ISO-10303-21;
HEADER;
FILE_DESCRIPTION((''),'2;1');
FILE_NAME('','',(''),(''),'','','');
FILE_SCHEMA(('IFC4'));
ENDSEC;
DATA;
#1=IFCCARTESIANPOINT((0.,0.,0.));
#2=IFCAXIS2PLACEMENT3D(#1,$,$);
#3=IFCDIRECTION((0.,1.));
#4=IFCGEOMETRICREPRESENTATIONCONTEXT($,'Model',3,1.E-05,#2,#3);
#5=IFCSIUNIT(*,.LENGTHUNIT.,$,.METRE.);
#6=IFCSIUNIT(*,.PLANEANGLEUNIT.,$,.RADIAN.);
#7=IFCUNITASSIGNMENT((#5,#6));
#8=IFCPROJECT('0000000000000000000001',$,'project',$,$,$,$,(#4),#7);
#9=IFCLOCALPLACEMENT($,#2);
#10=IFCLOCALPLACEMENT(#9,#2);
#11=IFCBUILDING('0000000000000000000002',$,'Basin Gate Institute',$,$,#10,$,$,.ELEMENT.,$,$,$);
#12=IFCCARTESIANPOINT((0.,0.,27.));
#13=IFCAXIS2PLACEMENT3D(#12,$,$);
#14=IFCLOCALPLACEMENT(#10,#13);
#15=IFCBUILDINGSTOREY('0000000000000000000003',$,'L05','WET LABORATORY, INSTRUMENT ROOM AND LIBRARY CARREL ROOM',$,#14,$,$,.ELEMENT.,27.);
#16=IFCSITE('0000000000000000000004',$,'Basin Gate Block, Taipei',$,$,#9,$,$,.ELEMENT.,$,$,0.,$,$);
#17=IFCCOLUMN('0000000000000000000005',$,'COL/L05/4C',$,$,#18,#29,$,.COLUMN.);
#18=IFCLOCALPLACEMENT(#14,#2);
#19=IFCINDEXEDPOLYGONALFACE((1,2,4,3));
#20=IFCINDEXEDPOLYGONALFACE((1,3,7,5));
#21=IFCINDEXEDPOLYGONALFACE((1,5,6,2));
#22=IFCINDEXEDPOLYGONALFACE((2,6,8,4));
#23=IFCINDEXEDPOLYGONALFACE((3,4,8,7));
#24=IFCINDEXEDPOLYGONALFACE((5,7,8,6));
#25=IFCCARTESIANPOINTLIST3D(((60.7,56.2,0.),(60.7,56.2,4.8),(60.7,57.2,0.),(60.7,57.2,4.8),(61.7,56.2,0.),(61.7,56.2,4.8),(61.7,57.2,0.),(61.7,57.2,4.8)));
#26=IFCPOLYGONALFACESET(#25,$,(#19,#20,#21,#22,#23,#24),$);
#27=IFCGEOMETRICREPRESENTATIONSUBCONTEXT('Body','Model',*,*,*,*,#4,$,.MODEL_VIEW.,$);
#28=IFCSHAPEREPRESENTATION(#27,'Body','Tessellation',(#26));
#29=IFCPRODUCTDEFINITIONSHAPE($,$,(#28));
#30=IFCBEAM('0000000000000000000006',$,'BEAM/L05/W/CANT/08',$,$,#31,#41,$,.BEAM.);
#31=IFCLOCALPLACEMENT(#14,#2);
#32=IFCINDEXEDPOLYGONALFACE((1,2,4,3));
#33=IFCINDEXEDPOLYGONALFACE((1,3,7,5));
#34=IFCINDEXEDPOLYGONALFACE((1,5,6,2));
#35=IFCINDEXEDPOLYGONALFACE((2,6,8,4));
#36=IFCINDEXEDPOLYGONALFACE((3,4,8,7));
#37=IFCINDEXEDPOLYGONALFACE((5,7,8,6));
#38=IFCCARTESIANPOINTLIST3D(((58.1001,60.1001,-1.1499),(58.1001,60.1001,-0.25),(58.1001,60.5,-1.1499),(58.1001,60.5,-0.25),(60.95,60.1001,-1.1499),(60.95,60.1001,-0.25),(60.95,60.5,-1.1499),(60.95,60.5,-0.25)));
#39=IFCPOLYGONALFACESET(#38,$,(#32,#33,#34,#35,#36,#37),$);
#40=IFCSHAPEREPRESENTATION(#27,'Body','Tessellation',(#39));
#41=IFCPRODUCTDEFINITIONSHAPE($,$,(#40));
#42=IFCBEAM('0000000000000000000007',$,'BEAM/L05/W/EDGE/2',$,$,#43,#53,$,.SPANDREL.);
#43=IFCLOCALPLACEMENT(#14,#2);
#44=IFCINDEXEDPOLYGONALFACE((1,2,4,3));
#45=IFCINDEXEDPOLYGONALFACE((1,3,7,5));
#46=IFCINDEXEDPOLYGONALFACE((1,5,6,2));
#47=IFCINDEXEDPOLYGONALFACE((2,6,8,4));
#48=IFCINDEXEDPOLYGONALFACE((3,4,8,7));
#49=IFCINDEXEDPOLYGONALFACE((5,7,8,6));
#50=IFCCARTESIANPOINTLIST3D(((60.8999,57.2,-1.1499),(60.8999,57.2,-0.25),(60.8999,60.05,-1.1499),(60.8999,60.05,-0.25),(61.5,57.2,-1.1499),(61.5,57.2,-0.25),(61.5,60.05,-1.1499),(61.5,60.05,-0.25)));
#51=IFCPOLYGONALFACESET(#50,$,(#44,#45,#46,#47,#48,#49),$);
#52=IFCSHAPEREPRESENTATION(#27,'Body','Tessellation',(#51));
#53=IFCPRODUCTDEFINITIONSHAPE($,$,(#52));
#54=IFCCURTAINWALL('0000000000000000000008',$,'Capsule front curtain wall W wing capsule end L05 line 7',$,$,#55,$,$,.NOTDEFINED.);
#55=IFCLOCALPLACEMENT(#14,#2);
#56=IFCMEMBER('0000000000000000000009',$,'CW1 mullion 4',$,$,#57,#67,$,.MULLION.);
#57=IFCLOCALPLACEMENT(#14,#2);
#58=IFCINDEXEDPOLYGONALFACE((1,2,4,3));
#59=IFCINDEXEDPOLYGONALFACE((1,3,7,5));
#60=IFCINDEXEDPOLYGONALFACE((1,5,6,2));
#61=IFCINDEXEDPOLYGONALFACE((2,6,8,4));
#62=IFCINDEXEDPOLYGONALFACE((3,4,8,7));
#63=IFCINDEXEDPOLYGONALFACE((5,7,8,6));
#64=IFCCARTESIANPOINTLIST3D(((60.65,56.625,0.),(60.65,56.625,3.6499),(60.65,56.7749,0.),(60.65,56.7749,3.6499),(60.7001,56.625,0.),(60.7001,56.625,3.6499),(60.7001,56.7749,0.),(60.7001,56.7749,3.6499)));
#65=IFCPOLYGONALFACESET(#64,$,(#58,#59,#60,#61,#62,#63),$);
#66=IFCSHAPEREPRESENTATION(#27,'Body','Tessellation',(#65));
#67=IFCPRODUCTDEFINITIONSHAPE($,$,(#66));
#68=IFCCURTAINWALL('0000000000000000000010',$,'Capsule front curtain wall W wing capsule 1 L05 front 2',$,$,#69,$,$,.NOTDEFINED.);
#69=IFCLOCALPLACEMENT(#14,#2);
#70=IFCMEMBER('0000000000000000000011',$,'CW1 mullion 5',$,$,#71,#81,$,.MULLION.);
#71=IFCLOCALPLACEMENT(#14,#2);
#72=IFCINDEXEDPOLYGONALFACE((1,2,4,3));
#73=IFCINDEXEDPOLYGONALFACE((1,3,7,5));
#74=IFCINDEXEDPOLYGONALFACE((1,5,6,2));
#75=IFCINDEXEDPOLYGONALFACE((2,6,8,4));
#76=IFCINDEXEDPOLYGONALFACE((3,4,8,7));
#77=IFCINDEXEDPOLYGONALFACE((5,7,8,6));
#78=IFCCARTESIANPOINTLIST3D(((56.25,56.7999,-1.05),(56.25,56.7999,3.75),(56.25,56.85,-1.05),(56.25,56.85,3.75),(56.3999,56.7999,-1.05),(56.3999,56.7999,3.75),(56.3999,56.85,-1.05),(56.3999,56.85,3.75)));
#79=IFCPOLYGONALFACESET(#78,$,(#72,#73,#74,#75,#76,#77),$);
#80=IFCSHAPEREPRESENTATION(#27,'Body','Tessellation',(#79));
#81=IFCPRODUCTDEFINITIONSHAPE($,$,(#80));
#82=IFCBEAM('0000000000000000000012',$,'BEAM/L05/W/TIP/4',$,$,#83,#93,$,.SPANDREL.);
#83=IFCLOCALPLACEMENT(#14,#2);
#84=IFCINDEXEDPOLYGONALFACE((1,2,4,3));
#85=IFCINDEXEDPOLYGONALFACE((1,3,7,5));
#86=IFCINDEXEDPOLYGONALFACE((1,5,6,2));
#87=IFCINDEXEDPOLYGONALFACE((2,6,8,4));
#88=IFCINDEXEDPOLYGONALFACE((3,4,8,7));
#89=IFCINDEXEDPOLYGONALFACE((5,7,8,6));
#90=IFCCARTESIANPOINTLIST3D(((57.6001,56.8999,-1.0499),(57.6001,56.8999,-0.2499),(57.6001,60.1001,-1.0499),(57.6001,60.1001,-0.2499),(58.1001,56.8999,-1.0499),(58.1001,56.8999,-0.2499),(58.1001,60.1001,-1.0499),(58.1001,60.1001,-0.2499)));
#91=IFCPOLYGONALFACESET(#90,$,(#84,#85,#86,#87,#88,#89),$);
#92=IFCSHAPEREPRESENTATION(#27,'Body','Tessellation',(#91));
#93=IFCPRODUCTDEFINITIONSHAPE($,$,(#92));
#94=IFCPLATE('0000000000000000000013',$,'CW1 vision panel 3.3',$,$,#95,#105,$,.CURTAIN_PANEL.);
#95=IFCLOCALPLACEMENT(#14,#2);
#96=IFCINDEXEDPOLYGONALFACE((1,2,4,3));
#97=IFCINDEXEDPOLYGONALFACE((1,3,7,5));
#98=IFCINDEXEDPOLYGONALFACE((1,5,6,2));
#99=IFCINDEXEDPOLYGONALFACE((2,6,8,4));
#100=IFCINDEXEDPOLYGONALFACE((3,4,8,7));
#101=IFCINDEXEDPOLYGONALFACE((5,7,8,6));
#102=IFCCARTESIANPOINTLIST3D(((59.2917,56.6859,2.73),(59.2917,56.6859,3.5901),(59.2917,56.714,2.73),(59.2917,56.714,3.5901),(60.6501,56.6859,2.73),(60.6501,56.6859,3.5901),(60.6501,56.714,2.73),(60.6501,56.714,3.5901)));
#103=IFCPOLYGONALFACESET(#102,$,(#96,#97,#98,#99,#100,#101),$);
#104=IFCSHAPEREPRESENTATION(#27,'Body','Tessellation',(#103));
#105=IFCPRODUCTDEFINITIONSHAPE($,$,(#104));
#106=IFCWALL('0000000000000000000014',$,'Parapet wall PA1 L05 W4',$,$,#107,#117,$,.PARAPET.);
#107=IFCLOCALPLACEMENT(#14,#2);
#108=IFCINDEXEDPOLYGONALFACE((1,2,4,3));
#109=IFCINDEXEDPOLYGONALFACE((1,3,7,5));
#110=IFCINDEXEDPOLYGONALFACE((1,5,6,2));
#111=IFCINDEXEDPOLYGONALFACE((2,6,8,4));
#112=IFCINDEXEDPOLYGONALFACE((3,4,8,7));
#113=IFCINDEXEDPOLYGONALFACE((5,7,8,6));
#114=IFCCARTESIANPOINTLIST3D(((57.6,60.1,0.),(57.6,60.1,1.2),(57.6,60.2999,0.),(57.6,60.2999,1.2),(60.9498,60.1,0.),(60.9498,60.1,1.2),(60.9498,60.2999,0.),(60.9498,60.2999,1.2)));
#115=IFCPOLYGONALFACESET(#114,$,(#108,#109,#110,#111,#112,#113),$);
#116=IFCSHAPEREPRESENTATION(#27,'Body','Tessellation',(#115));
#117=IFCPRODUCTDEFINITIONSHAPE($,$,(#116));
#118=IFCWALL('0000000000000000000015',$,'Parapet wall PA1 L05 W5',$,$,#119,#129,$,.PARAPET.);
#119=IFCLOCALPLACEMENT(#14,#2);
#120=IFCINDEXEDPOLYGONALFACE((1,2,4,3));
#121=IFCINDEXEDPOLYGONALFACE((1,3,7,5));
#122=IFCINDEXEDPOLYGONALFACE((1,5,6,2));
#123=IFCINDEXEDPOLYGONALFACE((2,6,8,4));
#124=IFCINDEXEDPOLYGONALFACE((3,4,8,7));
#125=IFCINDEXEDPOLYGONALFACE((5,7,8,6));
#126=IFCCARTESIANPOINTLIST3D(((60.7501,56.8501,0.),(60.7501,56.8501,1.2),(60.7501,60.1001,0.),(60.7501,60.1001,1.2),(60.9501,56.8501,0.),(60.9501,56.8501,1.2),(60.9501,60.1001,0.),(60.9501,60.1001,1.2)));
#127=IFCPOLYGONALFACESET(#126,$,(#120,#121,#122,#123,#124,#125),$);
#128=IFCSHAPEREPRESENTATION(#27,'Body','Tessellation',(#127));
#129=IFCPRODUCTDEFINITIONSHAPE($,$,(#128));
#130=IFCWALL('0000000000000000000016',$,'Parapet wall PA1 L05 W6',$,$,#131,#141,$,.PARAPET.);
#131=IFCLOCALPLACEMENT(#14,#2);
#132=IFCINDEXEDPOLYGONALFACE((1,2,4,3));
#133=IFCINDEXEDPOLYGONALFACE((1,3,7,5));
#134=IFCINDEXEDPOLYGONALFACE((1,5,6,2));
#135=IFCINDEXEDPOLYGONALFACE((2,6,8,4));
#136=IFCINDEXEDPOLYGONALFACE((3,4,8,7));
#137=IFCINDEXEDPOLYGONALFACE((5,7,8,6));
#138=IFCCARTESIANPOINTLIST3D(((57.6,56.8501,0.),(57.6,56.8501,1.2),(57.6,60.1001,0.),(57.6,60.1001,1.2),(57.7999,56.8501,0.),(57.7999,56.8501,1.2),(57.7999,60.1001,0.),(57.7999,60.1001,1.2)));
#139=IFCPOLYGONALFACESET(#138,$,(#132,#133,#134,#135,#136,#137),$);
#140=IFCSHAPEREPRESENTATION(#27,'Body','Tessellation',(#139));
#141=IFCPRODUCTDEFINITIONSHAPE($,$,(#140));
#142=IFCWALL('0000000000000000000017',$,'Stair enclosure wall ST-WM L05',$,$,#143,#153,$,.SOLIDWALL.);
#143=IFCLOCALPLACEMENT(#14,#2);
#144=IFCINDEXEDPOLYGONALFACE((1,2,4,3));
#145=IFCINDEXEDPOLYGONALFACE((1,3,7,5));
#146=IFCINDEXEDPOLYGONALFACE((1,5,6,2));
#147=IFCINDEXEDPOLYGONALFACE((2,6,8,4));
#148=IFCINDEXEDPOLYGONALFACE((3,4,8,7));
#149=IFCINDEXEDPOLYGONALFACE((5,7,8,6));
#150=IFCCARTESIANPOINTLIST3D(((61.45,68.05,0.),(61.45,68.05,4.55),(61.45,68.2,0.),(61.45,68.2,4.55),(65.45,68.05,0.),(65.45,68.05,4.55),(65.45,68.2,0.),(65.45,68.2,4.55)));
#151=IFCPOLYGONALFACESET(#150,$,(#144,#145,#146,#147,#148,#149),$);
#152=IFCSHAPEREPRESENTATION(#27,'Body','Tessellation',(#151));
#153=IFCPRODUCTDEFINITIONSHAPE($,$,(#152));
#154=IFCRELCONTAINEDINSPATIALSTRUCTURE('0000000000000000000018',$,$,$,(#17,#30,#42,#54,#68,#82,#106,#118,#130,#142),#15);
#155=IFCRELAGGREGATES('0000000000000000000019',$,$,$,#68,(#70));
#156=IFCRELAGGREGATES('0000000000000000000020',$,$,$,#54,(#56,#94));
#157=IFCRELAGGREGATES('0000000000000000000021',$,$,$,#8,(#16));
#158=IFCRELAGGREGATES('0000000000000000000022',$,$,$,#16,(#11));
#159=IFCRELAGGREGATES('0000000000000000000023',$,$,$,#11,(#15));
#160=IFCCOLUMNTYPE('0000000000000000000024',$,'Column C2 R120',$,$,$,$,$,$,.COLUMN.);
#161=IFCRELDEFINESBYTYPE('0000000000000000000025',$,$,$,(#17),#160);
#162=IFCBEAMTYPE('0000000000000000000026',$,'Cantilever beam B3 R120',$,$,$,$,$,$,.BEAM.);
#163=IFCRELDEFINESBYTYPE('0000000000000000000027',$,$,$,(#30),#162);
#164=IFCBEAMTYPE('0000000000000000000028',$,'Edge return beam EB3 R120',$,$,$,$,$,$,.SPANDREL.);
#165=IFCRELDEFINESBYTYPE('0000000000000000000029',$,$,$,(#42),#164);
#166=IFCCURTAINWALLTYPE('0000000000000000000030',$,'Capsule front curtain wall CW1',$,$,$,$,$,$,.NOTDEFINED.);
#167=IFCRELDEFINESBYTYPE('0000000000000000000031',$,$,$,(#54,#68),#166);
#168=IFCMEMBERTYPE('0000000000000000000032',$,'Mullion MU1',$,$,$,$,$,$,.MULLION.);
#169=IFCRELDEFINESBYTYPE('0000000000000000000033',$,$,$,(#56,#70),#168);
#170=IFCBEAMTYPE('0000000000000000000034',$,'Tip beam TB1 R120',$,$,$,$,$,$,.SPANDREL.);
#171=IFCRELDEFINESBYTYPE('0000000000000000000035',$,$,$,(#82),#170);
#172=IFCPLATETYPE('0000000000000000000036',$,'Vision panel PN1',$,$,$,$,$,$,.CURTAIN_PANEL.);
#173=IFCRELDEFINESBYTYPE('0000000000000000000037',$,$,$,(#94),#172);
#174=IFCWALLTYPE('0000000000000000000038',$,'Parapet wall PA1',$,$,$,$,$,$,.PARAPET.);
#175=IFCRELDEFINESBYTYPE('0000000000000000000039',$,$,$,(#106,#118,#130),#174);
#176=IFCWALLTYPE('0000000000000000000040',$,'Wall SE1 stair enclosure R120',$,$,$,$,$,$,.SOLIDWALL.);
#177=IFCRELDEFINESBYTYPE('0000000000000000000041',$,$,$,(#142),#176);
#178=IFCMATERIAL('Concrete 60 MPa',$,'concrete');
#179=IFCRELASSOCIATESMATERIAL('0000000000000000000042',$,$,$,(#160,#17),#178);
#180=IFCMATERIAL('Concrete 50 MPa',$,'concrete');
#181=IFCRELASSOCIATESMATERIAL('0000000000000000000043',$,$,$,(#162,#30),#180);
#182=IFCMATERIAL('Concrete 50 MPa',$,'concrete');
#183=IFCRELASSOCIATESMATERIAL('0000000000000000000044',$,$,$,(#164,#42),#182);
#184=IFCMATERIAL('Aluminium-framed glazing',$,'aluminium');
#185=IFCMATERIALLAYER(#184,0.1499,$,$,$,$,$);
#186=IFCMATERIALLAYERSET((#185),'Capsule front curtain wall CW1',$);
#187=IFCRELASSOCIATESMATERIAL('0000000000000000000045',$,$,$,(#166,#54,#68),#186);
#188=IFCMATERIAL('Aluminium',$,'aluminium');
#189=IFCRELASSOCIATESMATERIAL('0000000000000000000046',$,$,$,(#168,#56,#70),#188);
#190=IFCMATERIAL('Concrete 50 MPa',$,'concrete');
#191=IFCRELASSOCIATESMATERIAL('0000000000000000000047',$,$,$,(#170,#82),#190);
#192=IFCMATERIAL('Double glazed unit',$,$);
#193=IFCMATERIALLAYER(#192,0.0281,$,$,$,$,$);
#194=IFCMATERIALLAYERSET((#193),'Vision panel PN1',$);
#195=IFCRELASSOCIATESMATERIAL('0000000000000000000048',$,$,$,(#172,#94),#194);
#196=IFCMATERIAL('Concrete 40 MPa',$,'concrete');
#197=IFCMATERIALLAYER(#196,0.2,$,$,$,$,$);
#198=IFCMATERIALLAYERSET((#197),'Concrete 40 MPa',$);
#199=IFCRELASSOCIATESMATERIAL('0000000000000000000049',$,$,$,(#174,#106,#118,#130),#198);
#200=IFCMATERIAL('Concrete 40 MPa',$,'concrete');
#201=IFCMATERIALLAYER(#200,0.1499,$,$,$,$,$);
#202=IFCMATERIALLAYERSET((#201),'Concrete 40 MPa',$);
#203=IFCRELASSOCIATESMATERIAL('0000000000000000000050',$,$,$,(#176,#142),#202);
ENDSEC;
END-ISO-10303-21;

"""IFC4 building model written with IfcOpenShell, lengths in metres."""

from ifc_helpers import new_model, si_unit, direction, frame, frame_2d, origin, origin_2d, place, context, subcontext, project, spatial, rectangle, extrude, material, layer, layer_set, material_profile, profile_set, type_object, element, aggregate, save


model = new_model("IFC4")

# Units and contexts
model_context = context("Model", 3, precision=1e-05, world=origin(), true_north=direction((0.0, 1.0)))
body_context = subcontext(model_context, "Body", "Model", "MODEL_VIEW")
ifc_project = project(units=[si_unit("LENGTHUNIT", "METRE"), si_unit("PLANEANGLEUNIT", "RADIAN")], contexts=[model_context])

# Site, building, storey
site_placement = place(None, origin())
site = spatial("IfcSite", under=ifc_project, at=site_placement, Name="Basin Gate Block, Taipei", CompositionType="ELEMENT", RefElevation=0.0)
building_placement = place(site_placement, origin())
building = spatial("IfcBuilding", under=site, at=building_placement, Name="Basin Gate Institute", CompositionType="ELEMENT")
storey_placement = place(building_placement, frame((0.0, 0.0, 27.0)))
storey = spatial("IfcBuildingStorey", under=building, at=storey_placement, Name="L05", Description="WET LABORATORY, INSTRUMENT ROOM AND LIBRARY CARREL ROOM", CompositionType="ELEMENT", Elevation=27.0)

# Column
ifc_material_1 = material(Name="Concrete 60 MPa", Category="concrete")
ifc_material_profile_1 = material_profile(ifc_material_1, rectangle(XDim=1.0, YDim=1.0, at=origin_2d()), Name="Column C2 1000 x 1000")
ifc_profile_set_1 = profile_set([ifc_material_profile_1], Name="Concrete 60 MPa")
column_type = type_object("IfcColumnType", Name="Column C2 R120", PredefinedType="COLUMN", material=ifc_profile_set_1)
column_placement = place(storey_placement, frame((61.2, 56.7, 0.0), z_axis=(0.0, 0.0, 1.0), x_axis=(1.0, 0.0, 0.0)))
element("IfcColumn", 1, at=column_placement, inside=storey, type_object=column_type, material=ifc_profile_set_1, Name="COL/L05/4C", PredefinedType="COLUMN", context=body_context, shape_type="SweptSolid", body=[
    extrude(rectangle(XDim=1.0, YDim=1.0, at=origin_2d()), origin(), (0.0, 0.0, 1.0), 4.8),
])

# Beams
ifc_material_2 = material(Name="Concrete 50 MPa", Category="concrete")
ifc_material_profile_2 = material_profile(ifc_material_2, rectangle(XDim=0.3999, YDim=0.8999, at=origin_2d()), Name="Cantilever beam B3 400 x 900")
ifc_profile_set_2 = profile_set([ifc_material_profile_2], Name="Concrete 50 MPa")
beam_type_1 = type_object("IfcBeamType", Name="Cantilever beam B3 R120", PredefinedType="BEAM", material=ifc_profile_set_2)
beam_1_placement = place(storey_placement, frame((58.1001, 60.3, -0.7), z_axis=(1.0, 0.0, 0.0), x_axis=(0.0, 1.0, 0.0)))
element("IfcBeam", 2, at=beam_1_placement, inside=storey, type_object=beam_type_1, material=ifc_profile_set_2, Name="BEAM/L05/W/CANT/08", PredefinedType="BEAM", context=body_context, shape_type="SweptSolid", body=[
    extrude(rectangle(XDim=0.3999, YDim=0.8999, at=origin_2d()), origin(), (0.0, 0.0, 1.0), 2.8499),
])
ifc_material_3 = material(Name="Concrete 50 MPa", Category="concrete")
ifc_material_profile_3 = material_profile(ifc_material_3, rectangle(XDim=0.6001, YDim=0.8999, at=origin_2d()), Name="Edge return beam EB3 600 x 900")
ifc_profile_set_3 = profile_set([ifc_material_profile_3], Name="Concrete 50 MPa")
beam_type_2 = type_object("IfcBeamType", Name="Edge return beam EB3 R120", PredefinedType="SPANDREL", material=ifc_profile_set_3)
beam_2_placement = place(storey_placement, frame((61.2, 57.2, -0.7), z_axis=(0.0, 1.0, 0.0), x_axis=(-1.0, 0.0, 0.0)))
element("IfcBeam", 3, at=beam_2_placement, inside=storey, type_object=beam_type_2, material=ifc_profile_set_3, Name="BEAM/L05/W/EDGE/2", PredefinedType="SPANDREL", context=body_context, shape_type="SweptSolid", body=[
    extrude(rectangle(XDim=0.6001, YDim=0.8999, at=origin_2d()), origin(), (0.0, 0.0, 1.0), 2.8501),
])

# Curtain walls, members
ifc_material_4 = material(Name="Aluminium-framed glazing", Category="aluminium")
ifc_layer_1 = layer(ifc_material_4, 0.1499)
ifc_layer_set_1 = layer_set([ifc_layer_1], Name="Capsule front curtain wall CW1")
curtain_wall_type = type_object("IfcCurtainWallType", Name="Capsule front curtain wall CW1", PredefinedType="NOTDEFINED", material=ifc_layer_set_1)
curtain_wall_1_placement = place(storey_placement, origin())
curtain_wall_1 = element("IfcCurtainWall", 4, at=curtain_wall_1_placement, inside=storey, type_object=curtain_wall_type, material=ifc_layer_set_1, Name="Capsule front curtain wall W wing capsule end L05 line 7", PredefinedType="NOTDEFINED")
ifc_material_5 = material(Name="Aluminium", Category="aluminium")
ifc_material_profile_4 = material_profile(ifc_material_5, rectangle(XDim=0.1499, YDim=0.05, at=origin_2d()), Name="Mullion MU1 150 x 50")
ifc_profile_set_4 = profile_set([ifc_material_profile_4], Name="Aluminium")
member_type = type_object("IfcMemberType", Name="Mullion MU1", PredefinedType="MULLION", material=ifc_profile_set_4)
member_1_placement = place(storey_placement, frame((60.675, 56.7, 0.0), z_axis=(0.0, 0.0, 1.0), x_axis=(0.0, 1.0, 0.0)))
member_1 = element("IfcMember", 5, at=member_1_placement, type_object=member_type, material=ifc_profile_set_4, Name="CW1 mullion 4", PredefinedType="MULLION", context=body_context, shape_type="SweptSolid", body=[
    extrude(rectangle(XDim=0.1499, YDim=0.05, at=origin_2d()), origin(), (0.0, 0.0, 1.0), 3.6499),
])
curtain_wall_2_placement = place(storey_placement, origin())
curtain_wall_2 = element("IfcCurtainWall", 6, at=curtain_wall_2_placement, inside=storey, type_object=curtain_wall_type, material=ifc_layer_set_1, Name="Capsule front curtain wall W wing capsule 1 L05 front 2", PredefinedType="NOTDEFINED")
member_2_placement = place(storey_placement, frame((56.325, 56.825, -1.05), z_axis=(0.0, 0.0, 1.0), x_axis=(-1.0, 0.0, 0.0)))
member_2 = element("IfcMember", 7, at=member_2_placement, type_object=member_type, material=ifc_profile_set_4, Name="CW1 mullion 5", PredefinedType="MULLION", context=body_context, shape_type="SweptSolid", body=[
    extrude(rectangle(XDim=0.1499, YDim=0.05, at=origin_2d()), origin(), (0.0, 0.0, 1.0), 4.8),
])
aggregate(curtain_wall_2, [member_2])

# Beam
ifc_material_6 = material(Name="Concrete 50 MPa", Category="concrete")
ifc_material_profile_5 = material_profile(ifc_material_6, rectangle(XDim=0.5, YDim=0.8, at=origin_2d()), Name="Tip beam TB1 500 x 800")
ifc_profile_set_5 = profile_set([ifc_material_profile_5], Name="Concrete 50 MPa")
beam_type_3 = type_object("IfcBeamType", Name="Tip beam TB1 R120", PredefinedType="SPANDREL", material=ifc_profile_set_5)
beam_3_placement = place(storey_placement, frame((57.8501, 56.8999, -0.6499), z_axis=(0.0, 1.0, 0.0), x_axis=(-1.0, 0.0, 0.0)))
element("IfcBeam", 8, at=beam_3_placement, inside=storey, type_object=beam_type_3, material=ifc_profile_set_5, Name="BEAM/L05/W/TIP/4", PredefinedType="SPANDREL", context=body_context, shape_type="SweptSolid", body=[
    extrude(rectangle(XDim=0.5, YDim=0.8, at=origin_2d()), origin(), (0.0, 0.0, 1.0), 3.2002),
])

# Plate
ifc_material_7 = material(Name="Double glazed unit")
ifc_layer_2 = layer(ifc_material_7, 0.0281)
ifc_layer_set_2 = layer_set([ifc_layer_2], Name="Vision panel PN1")
plate_type = type_object("IfcPlateType", Name="Vision panel PN1", PredefinedType="CURTAIN_PANEL", material=ifc_layer_set_2)
plate_placement = place(storey_placement, frame((59.9709, 56.7, 2.73), z_axis=(0.0, 0.0, 1.0), x_axis=(1.0, 0.0, 0.0)))
plate = element("IfcPlate", 9, at=plate_placement, type_object=plate_type, material=ifc_layer_set_2, Name="CW1 vision panel 3.3", PredefinedType="CURTAIN_PANEL", context=body_context, shape_type="SweptSolid", body=[
    extrude(rectangle(XDim=1.3584, YDim=0.0281, at=origin_2d()), origin(), (0.0, 0.0, 1.0), 0.8601),
])
aggregate(curtain_wall_1, [member_1, plate])

# Walls
ifc_material_8 = material(Name="Concrete 40 MPa", Category="concrete")
ifc_layer_3 = layer(ifc_material_8, 0.2)
ifc_layer_set_3 = layer_set([ifc_layer_3], Name="Concrete 40 MPa")
wall_type_1 = type_object("IfcWallType", Name="Parapet wall PA1", PredefinedType="PARAPET", material=ifc_layer_set_3)
wall_1_placement = place(storey_placement, frame((57.6001, 60.2, 0.0), z_axis=(0.0, 0.0, 1.0), x_axis=(1.0, 0.0, 0.0)))
element("IfcWall", 10, at=wall_1_placement, inside=storey, type_object=wall_type_1, material=ifc_layer_set_3, Name="Parapet wall PA1 L05 W4", PredefinedType="PARAPET", context=body_context, shape_type="SweptSolid", body=[
    extrude(rectangle(XDim=3.3499, YDim=0.2, at=frame_2d((1.6748, 0.0))), origin(), (0.0, 0.0, 1.0), 1.2),
])
for number, where, z_axis, x_axis, name in (
    (11, (60.8501, 60.1001, 0.0), (0.0, 0.0, 1.0), (0.0, -1.0, 0.0), "Parapet wall PA1 L05 W5"),
    (12, (57.7, 56.8501, 0.0), (0.0, 0.0, 1.0), (0.0, 1.0, 0.0), "Parapet wall PA1 L05 W6"),
):
    element("IfcWall", number, at=place(storey_placement, frame(where, z_axis=z_axis, x_axis=x_axis)), inside=storey, type_object=wall_type_1, material=ifc_layer_set_3, Name=name, PredefinedType="PARAPET", context=body_context, shape_type="SweptSolid", body=[
        extrude(rectangle(XDim=3.25, YDim=0.2, at=frame_2d((1.625, 0.0))), origin(), (0.0, 0.0, 1.0), 1.2),
    ])
ifc_material_9 = material(Name="Concrete 40 MPa", Category="concrete")
ifc_layer_4 = layer(ifc_material_9, 0.1499)
ifc_layer_set_4 = layer_set([ifc_layer_4], Name="Concrete 40 MPa")
wall_type_2 = type_object("IfcWallType", Name="Wall SE1 stair enclosure R120", PredefinedType="SOLIDWALL", material=ifc_layer_set_4)
wall_2_placement = place(storey_placement, frame((61.45, 68.125, 0.0), z_axis=(0.0, 0.0, 1.0), x_axis=(1.0, 0.0, 0.0)))
element("IfcWall", 13, at=wall_2_placement, inside=storey, type_object=wall_type_2, material=ifc_layer_set_4, Name="Stair enclosure wall ST-WM L05", PredefinedType="SOLIDWALL", context=body_context, shape_type="SweptSolid", body=[
    extrude(rectangle(XDim=4.0, YDim=0.1499, at=frame_2d((2.0, 0.0))), origin(), (0.0, 0.0, 1.0), 4.55),
])

save(model, "model.ifc")
